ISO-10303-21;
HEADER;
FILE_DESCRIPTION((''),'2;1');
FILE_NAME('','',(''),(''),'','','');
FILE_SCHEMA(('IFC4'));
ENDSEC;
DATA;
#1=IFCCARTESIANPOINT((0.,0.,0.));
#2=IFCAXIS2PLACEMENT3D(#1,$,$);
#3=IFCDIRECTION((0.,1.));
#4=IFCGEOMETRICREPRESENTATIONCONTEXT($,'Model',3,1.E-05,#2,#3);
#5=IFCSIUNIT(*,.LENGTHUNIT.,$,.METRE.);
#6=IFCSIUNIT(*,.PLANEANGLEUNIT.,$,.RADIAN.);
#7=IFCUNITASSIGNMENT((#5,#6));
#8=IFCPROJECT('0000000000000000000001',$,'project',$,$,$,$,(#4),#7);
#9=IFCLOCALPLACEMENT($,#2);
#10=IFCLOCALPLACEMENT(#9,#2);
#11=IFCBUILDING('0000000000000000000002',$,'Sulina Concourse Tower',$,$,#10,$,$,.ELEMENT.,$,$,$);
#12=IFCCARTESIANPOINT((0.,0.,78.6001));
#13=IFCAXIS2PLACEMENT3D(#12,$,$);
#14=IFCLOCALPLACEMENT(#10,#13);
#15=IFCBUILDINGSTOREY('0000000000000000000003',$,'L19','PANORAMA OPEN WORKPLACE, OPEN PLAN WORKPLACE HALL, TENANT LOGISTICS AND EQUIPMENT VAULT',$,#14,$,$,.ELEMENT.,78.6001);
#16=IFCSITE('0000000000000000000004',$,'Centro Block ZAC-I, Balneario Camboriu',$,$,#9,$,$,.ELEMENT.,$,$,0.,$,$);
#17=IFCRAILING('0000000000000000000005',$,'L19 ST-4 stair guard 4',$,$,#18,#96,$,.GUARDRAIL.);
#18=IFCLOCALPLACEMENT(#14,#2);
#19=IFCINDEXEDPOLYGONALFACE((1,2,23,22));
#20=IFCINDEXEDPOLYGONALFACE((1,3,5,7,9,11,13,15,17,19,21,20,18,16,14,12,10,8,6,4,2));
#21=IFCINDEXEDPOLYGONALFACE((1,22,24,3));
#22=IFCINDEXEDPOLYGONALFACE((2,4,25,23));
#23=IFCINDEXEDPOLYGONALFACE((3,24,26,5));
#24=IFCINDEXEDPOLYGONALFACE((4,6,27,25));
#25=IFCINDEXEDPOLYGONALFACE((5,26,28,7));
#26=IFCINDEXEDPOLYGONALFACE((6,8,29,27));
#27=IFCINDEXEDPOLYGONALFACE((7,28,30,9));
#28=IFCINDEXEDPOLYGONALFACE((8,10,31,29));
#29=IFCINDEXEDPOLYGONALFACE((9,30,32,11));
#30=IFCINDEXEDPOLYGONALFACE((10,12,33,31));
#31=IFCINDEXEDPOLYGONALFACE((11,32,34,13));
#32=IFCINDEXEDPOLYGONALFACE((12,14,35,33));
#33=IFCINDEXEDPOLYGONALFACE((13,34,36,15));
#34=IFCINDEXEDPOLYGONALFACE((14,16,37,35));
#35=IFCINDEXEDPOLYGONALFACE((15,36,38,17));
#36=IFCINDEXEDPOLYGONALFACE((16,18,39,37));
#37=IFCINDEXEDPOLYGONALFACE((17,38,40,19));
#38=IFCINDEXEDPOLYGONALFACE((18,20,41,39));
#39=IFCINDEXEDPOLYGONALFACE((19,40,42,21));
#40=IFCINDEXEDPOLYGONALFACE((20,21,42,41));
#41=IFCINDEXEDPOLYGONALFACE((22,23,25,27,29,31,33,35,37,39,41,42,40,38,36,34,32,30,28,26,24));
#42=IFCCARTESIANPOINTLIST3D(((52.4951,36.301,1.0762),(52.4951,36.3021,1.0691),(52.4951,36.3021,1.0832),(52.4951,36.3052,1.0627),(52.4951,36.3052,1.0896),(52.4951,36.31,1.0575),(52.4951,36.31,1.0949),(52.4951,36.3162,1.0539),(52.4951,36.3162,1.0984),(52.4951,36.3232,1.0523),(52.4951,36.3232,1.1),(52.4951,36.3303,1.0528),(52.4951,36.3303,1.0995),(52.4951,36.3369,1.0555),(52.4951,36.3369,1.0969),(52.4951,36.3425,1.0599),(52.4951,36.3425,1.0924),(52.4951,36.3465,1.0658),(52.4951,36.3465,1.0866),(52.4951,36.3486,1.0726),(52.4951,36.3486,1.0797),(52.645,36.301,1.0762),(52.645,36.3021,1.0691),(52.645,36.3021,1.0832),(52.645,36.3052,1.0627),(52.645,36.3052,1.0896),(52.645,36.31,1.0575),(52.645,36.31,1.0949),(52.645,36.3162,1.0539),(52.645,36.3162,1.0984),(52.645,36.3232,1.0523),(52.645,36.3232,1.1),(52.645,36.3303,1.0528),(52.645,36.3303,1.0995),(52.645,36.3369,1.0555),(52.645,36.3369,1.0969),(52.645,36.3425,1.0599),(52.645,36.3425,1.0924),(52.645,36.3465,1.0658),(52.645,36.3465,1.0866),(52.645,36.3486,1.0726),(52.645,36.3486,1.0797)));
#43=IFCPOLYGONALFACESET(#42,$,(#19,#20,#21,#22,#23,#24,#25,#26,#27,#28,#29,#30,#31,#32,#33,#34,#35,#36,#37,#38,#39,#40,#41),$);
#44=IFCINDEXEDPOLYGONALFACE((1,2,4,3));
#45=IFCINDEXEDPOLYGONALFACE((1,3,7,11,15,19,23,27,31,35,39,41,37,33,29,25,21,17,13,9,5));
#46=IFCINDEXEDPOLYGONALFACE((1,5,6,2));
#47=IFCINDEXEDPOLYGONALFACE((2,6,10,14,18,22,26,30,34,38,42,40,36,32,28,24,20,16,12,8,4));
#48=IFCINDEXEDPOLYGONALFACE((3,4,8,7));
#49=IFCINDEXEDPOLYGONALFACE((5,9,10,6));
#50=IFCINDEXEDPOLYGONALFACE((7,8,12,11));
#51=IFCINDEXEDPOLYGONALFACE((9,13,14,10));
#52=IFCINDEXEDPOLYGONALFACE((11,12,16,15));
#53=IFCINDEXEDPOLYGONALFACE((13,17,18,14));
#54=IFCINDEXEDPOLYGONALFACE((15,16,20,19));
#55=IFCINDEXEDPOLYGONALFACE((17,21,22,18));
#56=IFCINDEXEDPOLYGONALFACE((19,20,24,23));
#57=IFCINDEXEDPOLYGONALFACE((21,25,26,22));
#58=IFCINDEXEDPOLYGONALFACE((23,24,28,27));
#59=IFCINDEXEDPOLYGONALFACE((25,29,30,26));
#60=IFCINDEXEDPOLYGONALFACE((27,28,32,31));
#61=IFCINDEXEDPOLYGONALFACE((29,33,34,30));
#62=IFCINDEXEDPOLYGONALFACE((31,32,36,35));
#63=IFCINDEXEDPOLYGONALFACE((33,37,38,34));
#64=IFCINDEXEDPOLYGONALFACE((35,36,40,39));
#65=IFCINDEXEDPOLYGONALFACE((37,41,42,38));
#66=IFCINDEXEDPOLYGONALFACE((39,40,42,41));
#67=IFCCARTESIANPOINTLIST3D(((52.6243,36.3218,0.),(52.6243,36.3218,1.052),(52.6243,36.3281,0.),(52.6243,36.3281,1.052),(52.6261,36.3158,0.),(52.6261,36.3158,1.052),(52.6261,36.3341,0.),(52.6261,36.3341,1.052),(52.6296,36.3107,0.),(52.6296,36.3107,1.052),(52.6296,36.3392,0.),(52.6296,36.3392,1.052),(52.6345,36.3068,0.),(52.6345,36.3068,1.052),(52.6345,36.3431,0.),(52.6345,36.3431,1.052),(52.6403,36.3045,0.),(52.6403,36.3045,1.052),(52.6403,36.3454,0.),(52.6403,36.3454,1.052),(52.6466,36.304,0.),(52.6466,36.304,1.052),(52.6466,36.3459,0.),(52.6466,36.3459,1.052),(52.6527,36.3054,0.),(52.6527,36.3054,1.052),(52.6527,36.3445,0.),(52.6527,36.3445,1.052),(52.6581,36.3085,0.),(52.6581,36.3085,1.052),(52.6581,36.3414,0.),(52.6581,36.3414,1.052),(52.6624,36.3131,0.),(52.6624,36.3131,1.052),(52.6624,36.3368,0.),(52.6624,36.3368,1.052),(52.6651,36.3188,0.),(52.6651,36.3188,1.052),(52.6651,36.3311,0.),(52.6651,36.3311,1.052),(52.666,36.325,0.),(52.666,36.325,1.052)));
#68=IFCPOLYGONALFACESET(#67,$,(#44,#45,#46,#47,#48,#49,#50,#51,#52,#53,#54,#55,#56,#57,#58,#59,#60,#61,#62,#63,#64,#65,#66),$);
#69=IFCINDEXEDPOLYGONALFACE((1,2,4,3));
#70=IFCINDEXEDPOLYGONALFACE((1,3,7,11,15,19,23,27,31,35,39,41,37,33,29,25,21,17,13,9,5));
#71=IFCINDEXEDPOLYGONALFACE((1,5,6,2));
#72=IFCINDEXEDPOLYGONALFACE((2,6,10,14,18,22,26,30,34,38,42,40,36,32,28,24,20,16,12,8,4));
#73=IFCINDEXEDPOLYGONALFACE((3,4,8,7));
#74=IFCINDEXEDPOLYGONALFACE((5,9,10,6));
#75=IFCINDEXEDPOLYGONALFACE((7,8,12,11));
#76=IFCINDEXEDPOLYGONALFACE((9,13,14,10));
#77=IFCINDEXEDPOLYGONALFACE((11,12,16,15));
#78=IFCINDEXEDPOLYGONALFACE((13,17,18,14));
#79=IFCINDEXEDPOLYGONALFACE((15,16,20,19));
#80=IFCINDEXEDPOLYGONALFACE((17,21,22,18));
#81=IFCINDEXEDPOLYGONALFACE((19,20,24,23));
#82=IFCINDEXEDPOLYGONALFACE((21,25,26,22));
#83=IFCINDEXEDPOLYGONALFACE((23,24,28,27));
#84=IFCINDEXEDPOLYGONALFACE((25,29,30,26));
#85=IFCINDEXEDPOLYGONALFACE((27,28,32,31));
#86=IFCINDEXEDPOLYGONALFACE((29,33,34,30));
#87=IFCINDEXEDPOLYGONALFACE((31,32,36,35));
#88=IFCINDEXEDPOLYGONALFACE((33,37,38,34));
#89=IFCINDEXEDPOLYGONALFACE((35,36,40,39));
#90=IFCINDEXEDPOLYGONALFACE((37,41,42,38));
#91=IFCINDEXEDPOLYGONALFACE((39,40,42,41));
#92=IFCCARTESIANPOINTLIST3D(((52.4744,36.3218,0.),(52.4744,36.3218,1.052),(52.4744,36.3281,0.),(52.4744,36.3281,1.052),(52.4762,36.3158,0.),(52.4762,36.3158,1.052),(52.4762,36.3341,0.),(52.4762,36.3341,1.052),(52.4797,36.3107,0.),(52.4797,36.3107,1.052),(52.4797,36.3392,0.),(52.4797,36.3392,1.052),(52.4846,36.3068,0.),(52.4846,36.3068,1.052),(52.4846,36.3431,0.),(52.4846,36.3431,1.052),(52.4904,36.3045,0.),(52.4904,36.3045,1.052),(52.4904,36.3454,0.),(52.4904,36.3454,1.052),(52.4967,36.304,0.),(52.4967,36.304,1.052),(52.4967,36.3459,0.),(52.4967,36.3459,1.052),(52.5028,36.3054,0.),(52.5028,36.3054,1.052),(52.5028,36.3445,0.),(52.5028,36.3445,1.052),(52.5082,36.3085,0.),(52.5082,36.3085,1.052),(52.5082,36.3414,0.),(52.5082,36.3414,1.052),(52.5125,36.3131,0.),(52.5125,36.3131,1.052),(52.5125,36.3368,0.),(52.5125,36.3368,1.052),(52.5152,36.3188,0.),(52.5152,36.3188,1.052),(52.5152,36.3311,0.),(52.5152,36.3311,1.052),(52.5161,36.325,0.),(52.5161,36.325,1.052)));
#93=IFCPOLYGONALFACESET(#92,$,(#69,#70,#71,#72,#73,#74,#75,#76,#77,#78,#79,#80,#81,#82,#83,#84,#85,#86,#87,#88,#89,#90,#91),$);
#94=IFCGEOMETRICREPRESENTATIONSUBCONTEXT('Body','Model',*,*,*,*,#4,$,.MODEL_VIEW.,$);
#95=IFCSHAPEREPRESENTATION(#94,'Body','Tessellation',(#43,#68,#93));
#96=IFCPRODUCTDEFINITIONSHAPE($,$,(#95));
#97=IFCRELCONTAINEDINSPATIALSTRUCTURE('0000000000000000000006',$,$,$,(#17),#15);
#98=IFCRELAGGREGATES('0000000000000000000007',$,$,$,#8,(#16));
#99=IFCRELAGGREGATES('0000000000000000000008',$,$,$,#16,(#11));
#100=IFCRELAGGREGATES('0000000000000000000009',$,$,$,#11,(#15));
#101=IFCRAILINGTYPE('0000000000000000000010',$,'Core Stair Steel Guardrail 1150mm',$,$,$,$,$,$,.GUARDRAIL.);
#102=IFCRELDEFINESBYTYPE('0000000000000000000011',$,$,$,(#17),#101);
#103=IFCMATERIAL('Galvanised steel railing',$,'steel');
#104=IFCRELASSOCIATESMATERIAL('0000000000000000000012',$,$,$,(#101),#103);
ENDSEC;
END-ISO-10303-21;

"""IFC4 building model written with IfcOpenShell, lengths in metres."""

from ifc_helpers import new_model, si_unit, direction, frame, origin, origin_2d, place, context, subcontext, project, spatial, circle, extrude, material, type_object, element, save


model = new_model("IFC4")

# Units and contexts
model_context = context("Model", 3, precision=1e-05, world=origin(), true_north=direction((0.0, 1.0)))
body_context = subcontext(model_context, "Body", "Model", "MODEL_VIEW")
ifc_project = project(units=[si_unit("LENGTHUNIT", "METRE"), si_unit("PLANEANGLEUNIT", "RADIAN")], contexts=[model_context])

# Site, building, storey
site_placement = place(None, origin())
site = spatial("IfcSite", under=ifc_project, at=site_placement, Name="Centro Block ZAC-I, Balneario Camboriu", CompositionType="ELEMENT", RefElevation=0.0)
building_placement = place(site_placement, origin())
building = spatial("IfcBuilding", under=site, at=building_placement, Name="Sulina Concourse Tower", CompositionType="ELEMENT")
storey_placement = place(building_placement, frame((0.0, 0.0, 78.6001)))
storey = spatial("IfcBuildingStorey", under=building, at=storey_placement, Name="L19", Description="PANORAMA OPEN WORKPLACE, OPEN PLAN WORKPLACE HALL, TENANT LOGISTICS AND EQUIPMENT VAULT", CompositionType="ELEMENT", Elevation=78.6001)

# Railing
ifc_material_1 = material(Name="Galvanised steel railing", Category="steel")
railing_type = type_object("IfcRailingType", Name="Core Stair Steel Guardrail 1150mm", PredefinedType="GUARDRAIL", material=ifc_material_1)
railing_1_placement = place(storey_placement, frame((52.645, 36.325, 0.0)))
element("IfcRailing", 1, at=railing_1_placement, inside=storey, type_object=railing_type, Name="L19 ST-4 stair guard 4", PredefinedType="GUARDRAIL", context=body_context, shape_type="SweptSolid", body=[
    extrude(circle(Radius=0.0239, at=origin_2d()), frame((0.0, 0.0, 1.0762), z_axis=(-1.0, 0.0, 0.0), x_axis=(0.0, -1.0, 0.0)), (0.0, 0.0, 1.0), 0.1499),
    extrude(circle(Radius=0.021, at=origin_2d()), origin(), (0.0, 0.0, 1.0), 1.052),
    extrude(circle(Radius=0.021, at=origin_2d()), frame((-0.1499, 0.0, 0.0)), (0.0, 0.0, 1.0), 1.052),
])

save(model, "model.ifc")
